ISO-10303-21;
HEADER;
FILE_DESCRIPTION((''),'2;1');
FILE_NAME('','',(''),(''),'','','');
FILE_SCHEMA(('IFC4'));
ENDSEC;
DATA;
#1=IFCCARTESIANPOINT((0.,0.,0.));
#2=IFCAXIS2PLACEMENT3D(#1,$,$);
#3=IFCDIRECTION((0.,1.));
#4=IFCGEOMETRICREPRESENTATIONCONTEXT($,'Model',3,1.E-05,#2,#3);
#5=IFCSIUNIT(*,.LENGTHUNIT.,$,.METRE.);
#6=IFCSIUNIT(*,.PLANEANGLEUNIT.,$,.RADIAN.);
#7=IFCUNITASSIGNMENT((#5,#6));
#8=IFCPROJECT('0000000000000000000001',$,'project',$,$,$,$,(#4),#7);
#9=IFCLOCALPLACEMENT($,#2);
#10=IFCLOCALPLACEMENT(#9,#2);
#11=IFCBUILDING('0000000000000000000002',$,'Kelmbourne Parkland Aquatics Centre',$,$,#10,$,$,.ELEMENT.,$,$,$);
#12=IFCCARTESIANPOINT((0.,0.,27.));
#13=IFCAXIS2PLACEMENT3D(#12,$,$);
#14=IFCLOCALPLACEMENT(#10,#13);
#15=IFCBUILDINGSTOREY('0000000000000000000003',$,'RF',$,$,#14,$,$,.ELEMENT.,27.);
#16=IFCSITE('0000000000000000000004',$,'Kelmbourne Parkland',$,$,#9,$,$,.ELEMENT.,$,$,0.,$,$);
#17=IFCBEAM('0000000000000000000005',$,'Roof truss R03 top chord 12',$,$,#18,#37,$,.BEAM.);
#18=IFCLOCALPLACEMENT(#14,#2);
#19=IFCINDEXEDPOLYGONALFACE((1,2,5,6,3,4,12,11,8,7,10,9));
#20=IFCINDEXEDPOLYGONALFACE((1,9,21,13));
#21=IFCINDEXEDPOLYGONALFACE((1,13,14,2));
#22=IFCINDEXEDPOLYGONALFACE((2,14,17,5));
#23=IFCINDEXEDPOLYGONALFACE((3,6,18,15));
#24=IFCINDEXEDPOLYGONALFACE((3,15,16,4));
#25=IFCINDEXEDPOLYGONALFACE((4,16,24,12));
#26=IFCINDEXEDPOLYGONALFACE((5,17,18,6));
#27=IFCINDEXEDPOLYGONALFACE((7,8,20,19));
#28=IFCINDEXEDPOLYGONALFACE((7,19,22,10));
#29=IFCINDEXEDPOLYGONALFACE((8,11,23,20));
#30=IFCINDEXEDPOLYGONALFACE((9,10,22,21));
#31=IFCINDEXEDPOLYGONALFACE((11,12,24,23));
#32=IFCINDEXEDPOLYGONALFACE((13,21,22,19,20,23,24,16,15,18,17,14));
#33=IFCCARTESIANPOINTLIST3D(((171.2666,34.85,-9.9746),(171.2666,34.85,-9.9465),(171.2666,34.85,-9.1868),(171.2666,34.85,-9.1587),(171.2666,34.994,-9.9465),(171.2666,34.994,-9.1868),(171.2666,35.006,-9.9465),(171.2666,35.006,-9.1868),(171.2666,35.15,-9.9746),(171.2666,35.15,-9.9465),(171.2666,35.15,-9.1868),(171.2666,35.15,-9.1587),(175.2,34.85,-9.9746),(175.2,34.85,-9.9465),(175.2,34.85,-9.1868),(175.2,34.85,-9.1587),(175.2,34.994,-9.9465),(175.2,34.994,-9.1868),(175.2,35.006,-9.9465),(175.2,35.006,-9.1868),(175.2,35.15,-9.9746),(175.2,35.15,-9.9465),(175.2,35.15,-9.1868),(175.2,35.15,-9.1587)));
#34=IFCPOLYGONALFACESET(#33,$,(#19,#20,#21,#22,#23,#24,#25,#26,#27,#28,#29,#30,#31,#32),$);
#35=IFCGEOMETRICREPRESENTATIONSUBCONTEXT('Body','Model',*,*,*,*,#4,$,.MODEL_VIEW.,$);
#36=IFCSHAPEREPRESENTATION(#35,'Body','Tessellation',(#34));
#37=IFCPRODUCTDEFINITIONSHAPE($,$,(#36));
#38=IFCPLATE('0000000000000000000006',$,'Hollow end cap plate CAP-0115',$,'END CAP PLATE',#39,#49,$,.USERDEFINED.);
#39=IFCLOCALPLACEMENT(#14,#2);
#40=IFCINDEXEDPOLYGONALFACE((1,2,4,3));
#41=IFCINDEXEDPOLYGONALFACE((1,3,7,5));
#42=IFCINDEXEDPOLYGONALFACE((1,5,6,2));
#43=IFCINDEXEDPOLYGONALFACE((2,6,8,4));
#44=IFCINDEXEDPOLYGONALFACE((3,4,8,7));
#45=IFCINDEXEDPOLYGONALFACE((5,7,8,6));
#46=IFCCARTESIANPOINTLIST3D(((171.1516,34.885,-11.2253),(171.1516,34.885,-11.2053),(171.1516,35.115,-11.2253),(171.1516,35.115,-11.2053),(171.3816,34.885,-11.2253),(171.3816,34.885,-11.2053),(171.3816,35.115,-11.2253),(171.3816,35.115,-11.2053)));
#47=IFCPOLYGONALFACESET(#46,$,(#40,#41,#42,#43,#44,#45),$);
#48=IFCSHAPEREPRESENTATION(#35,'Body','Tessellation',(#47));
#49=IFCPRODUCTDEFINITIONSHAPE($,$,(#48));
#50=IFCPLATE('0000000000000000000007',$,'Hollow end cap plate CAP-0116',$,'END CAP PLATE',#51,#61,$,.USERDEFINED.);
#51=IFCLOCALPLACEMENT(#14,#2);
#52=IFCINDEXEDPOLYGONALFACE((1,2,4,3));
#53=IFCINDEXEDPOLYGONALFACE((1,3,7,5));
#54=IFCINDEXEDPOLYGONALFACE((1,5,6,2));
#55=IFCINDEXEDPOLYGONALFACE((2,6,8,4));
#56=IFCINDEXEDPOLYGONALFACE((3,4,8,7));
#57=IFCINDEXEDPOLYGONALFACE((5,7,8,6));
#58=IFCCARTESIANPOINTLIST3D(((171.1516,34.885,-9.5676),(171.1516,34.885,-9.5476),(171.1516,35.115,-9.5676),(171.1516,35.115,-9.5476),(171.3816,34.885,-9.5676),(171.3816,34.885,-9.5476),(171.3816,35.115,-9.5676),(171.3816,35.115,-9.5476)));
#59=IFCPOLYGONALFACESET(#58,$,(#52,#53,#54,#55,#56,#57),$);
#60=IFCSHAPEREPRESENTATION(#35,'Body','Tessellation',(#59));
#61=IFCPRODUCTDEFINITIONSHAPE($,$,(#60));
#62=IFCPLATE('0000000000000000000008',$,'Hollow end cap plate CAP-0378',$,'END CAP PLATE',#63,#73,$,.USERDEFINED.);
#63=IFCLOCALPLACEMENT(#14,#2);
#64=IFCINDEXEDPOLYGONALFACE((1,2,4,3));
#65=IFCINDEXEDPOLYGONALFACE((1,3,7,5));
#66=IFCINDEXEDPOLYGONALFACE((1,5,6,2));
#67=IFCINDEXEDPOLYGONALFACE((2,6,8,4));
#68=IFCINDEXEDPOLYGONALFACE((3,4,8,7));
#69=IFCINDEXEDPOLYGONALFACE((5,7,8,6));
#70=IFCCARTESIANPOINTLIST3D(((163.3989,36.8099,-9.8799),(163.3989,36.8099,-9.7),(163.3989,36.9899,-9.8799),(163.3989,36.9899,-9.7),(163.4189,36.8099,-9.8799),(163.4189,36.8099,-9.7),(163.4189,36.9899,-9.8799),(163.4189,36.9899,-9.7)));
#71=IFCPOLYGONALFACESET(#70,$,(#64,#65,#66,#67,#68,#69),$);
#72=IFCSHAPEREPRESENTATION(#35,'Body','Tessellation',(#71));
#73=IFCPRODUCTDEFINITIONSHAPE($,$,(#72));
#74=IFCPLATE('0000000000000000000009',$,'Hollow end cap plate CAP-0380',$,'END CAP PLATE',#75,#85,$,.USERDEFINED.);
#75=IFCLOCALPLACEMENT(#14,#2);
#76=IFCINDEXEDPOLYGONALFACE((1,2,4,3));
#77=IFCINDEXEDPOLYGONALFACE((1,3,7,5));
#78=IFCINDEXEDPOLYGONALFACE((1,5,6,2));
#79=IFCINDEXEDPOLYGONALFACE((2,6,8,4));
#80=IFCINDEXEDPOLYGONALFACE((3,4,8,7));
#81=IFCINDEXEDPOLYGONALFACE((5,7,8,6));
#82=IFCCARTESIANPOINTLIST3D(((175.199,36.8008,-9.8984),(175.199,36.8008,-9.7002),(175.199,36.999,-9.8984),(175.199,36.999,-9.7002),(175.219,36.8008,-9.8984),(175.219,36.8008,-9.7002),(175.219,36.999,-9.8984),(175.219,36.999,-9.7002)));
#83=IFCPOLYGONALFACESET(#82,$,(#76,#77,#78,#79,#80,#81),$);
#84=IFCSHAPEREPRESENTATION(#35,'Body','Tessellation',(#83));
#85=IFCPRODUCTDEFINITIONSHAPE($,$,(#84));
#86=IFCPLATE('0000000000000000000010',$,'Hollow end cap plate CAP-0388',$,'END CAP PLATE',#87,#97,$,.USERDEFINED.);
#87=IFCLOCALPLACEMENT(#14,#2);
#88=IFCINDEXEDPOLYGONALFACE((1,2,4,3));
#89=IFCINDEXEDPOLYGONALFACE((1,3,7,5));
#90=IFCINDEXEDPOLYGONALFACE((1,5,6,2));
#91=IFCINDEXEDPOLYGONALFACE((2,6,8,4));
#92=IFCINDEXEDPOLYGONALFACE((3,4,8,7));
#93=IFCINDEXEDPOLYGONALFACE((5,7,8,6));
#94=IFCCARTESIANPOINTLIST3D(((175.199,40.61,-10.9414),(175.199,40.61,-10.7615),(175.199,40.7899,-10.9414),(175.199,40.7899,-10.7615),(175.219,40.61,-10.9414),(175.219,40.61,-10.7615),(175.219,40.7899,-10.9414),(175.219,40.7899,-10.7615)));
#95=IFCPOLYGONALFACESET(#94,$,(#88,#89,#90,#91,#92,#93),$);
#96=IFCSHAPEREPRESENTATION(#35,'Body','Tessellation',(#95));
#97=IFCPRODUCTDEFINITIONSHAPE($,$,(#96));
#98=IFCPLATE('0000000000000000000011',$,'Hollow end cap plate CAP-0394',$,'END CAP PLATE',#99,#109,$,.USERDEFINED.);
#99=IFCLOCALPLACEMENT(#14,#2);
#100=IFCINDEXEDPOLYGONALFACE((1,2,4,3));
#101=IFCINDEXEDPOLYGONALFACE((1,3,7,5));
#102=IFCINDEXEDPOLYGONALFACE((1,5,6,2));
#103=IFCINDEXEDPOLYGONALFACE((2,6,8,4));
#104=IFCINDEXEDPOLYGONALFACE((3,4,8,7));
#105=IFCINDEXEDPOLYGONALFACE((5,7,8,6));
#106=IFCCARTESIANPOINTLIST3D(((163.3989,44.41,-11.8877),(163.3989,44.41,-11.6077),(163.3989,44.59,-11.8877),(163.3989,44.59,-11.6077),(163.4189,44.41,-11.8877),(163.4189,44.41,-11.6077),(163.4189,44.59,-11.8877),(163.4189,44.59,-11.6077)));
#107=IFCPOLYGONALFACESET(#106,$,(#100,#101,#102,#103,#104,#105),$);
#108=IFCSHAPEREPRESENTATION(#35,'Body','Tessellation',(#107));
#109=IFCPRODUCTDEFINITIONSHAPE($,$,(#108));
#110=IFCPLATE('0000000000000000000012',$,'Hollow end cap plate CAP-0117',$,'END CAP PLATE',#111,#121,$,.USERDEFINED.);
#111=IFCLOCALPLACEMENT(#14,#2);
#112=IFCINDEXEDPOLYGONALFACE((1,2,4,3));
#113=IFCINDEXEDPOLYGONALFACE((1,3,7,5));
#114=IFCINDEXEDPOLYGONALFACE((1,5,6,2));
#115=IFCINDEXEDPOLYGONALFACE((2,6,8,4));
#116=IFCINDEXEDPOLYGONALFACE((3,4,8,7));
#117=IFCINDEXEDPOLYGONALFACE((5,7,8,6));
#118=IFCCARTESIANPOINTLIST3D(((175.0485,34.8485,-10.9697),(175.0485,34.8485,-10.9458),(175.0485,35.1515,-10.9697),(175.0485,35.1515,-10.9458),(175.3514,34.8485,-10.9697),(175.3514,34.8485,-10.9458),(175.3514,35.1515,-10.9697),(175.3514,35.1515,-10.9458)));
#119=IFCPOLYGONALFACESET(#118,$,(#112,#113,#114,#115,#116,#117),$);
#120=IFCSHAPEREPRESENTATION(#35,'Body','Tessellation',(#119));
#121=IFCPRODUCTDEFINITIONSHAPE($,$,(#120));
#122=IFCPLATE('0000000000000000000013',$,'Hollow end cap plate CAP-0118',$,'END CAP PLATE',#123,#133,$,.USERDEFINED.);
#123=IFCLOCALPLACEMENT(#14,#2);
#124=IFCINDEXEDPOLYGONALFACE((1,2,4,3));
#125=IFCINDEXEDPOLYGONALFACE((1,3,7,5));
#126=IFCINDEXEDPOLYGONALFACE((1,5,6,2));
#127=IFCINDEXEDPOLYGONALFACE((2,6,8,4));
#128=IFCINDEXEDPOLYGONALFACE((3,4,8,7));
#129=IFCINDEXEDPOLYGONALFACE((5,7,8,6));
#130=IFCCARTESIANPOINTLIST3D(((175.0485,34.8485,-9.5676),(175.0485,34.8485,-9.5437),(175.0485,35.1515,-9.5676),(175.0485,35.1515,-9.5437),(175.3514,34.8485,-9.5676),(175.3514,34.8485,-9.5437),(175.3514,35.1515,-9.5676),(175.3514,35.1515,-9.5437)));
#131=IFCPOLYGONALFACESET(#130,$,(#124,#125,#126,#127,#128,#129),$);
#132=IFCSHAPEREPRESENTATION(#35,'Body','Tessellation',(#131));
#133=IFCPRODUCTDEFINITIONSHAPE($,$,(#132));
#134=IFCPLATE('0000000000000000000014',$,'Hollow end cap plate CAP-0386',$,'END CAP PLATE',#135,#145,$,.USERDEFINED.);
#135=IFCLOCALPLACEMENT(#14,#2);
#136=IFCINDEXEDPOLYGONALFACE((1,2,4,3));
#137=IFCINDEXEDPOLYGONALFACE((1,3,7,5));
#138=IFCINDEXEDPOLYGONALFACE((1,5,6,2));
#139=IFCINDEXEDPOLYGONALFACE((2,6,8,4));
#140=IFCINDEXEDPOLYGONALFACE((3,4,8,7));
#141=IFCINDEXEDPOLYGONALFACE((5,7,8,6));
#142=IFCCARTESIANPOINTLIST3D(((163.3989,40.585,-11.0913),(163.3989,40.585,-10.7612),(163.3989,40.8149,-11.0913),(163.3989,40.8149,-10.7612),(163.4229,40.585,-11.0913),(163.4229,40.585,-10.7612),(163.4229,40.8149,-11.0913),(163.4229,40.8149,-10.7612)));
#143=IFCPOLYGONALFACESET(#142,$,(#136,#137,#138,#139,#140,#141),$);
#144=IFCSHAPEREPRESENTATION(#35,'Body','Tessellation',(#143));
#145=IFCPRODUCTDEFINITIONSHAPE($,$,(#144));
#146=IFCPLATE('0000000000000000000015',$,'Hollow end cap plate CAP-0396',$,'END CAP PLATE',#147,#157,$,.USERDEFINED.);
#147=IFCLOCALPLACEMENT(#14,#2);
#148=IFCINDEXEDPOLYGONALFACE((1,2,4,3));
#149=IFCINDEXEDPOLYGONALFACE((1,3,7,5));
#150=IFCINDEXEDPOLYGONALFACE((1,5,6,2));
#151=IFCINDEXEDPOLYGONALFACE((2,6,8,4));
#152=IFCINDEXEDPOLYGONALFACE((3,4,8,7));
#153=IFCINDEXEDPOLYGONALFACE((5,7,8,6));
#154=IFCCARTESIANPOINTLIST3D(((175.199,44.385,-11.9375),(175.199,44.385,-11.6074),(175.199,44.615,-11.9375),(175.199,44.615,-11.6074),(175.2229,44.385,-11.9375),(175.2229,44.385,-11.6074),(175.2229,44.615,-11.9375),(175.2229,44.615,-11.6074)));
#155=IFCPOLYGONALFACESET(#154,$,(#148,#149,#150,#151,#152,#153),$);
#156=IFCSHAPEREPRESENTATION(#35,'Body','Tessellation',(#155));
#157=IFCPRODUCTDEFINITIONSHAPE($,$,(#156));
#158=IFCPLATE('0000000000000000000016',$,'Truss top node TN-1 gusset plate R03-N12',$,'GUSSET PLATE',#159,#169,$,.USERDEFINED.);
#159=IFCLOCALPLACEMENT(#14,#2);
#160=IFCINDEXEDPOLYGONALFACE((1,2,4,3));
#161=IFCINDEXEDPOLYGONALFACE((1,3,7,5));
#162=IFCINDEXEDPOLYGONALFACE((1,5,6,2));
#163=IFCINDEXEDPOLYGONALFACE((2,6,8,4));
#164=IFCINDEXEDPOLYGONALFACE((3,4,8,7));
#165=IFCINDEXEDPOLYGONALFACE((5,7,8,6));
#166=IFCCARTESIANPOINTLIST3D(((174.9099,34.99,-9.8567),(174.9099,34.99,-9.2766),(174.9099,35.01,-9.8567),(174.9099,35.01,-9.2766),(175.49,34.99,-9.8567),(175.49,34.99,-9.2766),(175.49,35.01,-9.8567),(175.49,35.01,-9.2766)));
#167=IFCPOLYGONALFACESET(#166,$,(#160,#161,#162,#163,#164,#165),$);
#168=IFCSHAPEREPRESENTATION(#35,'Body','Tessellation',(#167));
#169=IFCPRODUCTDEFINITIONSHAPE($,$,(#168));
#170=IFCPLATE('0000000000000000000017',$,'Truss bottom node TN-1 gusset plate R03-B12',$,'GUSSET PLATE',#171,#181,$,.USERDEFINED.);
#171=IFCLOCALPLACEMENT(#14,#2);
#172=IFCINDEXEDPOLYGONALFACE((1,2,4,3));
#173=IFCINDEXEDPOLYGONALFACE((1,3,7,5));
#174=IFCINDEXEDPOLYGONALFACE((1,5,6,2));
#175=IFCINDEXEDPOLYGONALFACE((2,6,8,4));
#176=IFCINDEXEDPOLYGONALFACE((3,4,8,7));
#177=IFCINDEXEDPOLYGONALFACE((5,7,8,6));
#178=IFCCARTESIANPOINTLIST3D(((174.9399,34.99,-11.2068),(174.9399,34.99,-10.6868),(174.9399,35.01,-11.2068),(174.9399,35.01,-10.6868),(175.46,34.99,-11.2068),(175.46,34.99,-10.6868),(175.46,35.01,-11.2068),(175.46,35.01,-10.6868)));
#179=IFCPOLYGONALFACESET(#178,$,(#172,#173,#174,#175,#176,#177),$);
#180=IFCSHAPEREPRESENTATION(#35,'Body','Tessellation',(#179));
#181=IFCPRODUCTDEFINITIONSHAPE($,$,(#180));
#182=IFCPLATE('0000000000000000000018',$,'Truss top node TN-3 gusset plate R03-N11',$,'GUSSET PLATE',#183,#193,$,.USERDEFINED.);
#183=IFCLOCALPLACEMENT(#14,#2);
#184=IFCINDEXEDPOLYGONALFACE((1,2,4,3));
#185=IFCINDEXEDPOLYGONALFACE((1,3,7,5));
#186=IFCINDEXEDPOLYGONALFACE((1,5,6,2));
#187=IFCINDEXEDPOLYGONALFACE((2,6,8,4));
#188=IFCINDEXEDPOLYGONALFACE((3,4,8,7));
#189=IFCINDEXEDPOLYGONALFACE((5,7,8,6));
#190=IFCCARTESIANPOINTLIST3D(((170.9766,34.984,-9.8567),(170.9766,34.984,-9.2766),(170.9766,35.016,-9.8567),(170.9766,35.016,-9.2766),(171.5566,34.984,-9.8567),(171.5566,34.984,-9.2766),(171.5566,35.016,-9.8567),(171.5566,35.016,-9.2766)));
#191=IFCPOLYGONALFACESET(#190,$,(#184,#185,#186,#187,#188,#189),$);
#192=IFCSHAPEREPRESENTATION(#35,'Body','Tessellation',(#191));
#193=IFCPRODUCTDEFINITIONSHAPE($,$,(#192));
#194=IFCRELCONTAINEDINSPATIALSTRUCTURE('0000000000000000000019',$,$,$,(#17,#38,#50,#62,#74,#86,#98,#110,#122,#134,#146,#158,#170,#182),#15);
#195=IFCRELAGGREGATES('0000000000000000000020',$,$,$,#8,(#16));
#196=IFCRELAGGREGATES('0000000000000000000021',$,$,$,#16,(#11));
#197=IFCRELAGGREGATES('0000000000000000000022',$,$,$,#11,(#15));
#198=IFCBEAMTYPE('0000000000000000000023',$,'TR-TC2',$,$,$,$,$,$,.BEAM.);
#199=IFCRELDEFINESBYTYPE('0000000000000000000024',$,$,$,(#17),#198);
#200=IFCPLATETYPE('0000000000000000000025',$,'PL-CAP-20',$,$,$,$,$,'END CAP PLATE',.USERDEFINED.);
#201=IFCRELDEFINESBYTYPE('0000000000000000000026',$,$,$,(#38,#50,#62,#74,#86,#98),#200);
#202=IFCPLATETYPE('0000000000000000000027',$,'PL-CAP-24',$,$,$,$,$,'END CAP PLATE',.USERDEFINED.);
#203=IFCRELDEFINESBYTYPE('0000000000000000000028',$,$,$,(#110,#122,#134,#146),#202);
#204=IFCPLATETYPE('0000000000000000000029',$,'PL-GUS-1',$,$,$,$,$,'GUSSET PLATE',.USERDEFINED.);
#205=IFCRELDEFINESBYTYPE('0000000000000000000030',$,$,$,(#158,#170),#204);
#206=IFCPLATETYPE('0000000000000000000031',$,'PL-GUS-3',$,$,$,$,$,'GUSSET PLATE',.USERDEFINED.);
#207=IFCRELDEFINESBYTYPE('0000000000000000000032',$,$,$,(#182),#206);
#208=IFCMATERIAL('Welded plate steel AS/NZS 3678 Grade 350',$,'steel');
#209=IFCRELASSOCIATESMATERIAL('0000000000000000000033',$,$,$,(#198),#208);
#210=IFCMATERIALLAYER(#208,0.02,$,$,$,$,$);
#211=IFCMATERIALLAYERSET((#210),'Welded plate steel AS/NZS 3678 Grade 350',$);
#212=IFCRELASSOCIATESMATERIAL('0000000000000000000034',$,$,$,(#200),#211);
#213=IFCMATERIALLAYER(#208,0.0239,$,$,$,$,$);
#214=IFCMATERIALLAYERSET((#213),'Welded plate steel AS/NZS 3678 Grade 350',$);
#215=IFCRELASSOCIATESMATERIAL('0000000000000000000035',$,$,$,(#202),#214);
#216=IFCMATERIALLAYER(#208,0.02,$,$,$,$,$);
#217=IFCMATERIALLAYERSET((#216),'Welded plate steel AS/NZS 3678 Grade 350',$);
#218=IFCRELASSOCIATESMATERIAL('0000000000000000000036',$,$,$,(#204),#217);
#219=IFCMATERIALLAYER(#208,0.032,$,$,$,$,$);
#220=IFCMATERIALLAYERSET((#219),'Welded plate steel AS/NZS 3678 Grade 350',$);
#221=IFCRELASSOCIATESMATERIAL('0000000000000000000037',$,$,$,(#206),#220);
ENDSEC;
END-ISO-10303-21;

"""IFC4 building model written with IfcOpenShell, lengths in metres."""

from ifc_helpers import new_model, si_unit, direction, frame, origin, origin_2d, place, context, subcontext, project, spatial, rectangle, i_section, extrude, material, layer, layer_set, material_profile, profile_set, type_object, element, save


model = new_model("IFC4")

# Units and contexts
model_context = context("Model", 3, precision=1e-05, world=origin(), true_north=direction((0.0, 1.0)))
body_context = subcontext(model_context, "Body", "Model", "MODEL_VIEW")
ifc_project = project(units=[si_unit("LENGTHUNIT", "METRE"), si_unit("PLANEANGLEUNIT", "RADIAN")], contexts=[model_context])

# Site, building, storey
site_placement = place(None, origin())
site = spatial("IfcSite", under=ifc_project, at=site_placement, Name="Kelmbourne Parkland", CompositionType="ELEMENT", RefElevation=0.0)
building_placement = place(site_placement, origin())
building = spatial("IfcBuilding", under=site, at=building_placement, Name="Kelmbourne Parkland Aquatics Centre", CompositionType="ELEMENT")
storey_placement = place(building_placement, frame((0.0, 0.0, 27.0)))
storey = spatial("IfcBuildingStorey", under=building, at=storey_placement, Name="RF", CompositionType="ELEMENT", Elevation=27.0)

# Beam
ifc_material_1 = material(Name="Welded plate steel AS/NZS 3678 Grade 350", Category="steel")
ifc_material_profile_1 = material_profile(ifc_material_1, i_section(OverallWidth=0.3, OverallDepth=0.8159, WebThickness=0.012, FlangeThickness=0.0281, at=origin_2d()), Name="800WB192")
ifc_profile_set_1 = profile_set([ifc_material_profile_1], Name="Welded plate steel AS/NZS 3678 Grade 350")
beam_type_1 = type_object("IfcBeamType", Name="TR-TC2", PredefinedType="BEAM", material=ifc_profile_set_1)
beam_1_placement = place(storey_placement, frame((171.2666, 35.0, -9.5667), z_axis=(1.0, 0.0, 0.0), x_axis=(0.0, 1.0, 0.0)))
element("IfcBeam", 1, at=beam_1_placement, inside=storey, type_object=beam_type_1, Name="Roof truss R03 top chord 12", PredefinedType="BEAM", context=body_context, shape_type="SweptSolid", body=[
    extrude(i_section(OverallWidth=0.3, OverallDepth=0.8159, WebThickness=0.012, FlangeThickness=0.0281, at=origin_2d()), origin(), (0.0, 0.0, 1.0), 3.9333),
])

# Plates
ifc_layer_1 = layer(ifc_material_1, 0.02)
ifc_layer_set_1 = layer_set([ifc_layer_1], Name="Welded plate steel AS/NZS 3678 Grade 350")
plate_type_1 = type_object("IfcPlateType", Name="PL-CAP-20", ElementType="END CAP PLATE", PredefinedType="USERDEFINED", material=ifc_layer_set_1)
for number, where, z_axis, x_axis, name in (
    (2, (171.2666, 35.0, -11.2253), (0.0, 0.0, 1.0), (1.0, 0.0, 0.0), "Hollow end cap plate CAP-0115"),
    (3, (171.2666, 35.0, -9.5676), (0.0, 0.0, 1.0), (1.0, 0.0, 0.0), "Hollow end cap plate CAP-0116"),
):
    element("IfcPlate", number, at=place(storey_placement, frame(where, z_axis=z_axis, x_axis=x_axis)), inside=storey, type_object=plate_type_1, Name=name, ObjectType="END CAP PLATE", PredefinedType="USERDEFINED", context=body_context, shape_type="SweptSolid", body=[
        extrude(rectangle(XDim=0.23, YDim=0.23, at=origin_2d()), origin(), (0.0, 0.0, 1.0), 0.02),
    ])
plate_1_placement = place(storey_placement, frame((163.4089, 36.8999, -9.8799), z_axis=(0.0, 0.0, 1.0), x_axis=(1.0, 0.0, 0.0)))
element("IfcPlate", 4, at=plate_1_placement, inside=storey, type_object=plate_type_1, Name="Hollow end cap plate CAP-0378", ObjectType="END CAP PLATE", PredefinedType="USERDEFINED", context=body_context, shape_type="SweptSolid", body=[
    extrude(rectangle(XDim=0.02, YDim=0.1799, at=origin_2d()), origin(), (0.0, 0.0, 1.0), 0.1799),
])
plate_2_placement = place(storey_placement, frame((175.209, 36.8999, -9.8984), z_axis=(0.0, 0.0, 1.0), x_axis=(1.0, 0.0, 0.0)))
element("IfcPlate", 5, at=plate_2_placement, inside=storey, type_object=plate_type_1, Name="Hollow end cap plate CAP-0380", ObjectType="END CAP PLATE", PredefinedType="USERDEFINED", context=body_context, shape_type="SweptSolid", body=[
    extrude(rectangle(XDim=0.02, YDim=0.1982, at=origin_2d()), origin(), (0.0, 0.0, 1.0), 0.1982),
])
plate_3_placement = place(storey_placement, frame((175.209, 40.7, -10.9414), z_axis=(0.0, 0.0, 1.0), x_axis=(1.0, 0.0, 0.0)))
element("IfcPlate", 6, at=plate_3_placement, inside=storey, type_object=plate_type_1, Name="Hollow end cap plate CAP-0388", ObjectType="END CAP PLATE", PredefinedType="USERDEFINED", context=body_context, shape_type="SweptSolid", body=[
    extrude(rectangle(XDim=0.02, YDim=0.1799, at=origin_2d()), origin(), (0.0, 0.0, 1.0), 0.1799),
])
plate_4_placement = place(storey_placement, frame((163.4089, 44.5, -11.8877), z_axis=(0.0, 0.0, 1.0), x_axis=(1.0, 0.0, 0.0)))
element("IfcPlate", 7, at=plate_4_placement, inside=storey, type_object=plate_type_1, Name="Hollow end cap plate CAP-0394", ObjectType="END CAP PLATE", PredefinedType="USERDEFINED", context=body_context, shape_type="SweptSolid", body=[
    extrude(rectangle(XDim=0.02, YDim=0.1799, at=origin_2d()), origin(), (0.0, 0.0, 1.0), 0.28),
])
ifc_layer_2 = layer(ifc_material_1, 0.0239)
ifc_layer_set_2 = layer_set([ifc_layer_2], Name="Welded plate steel AS/NZS 3678 Grade 350")
plate_type_2 = type_object("IfcPlateType", Name="PL-CAP-24", ElementType="END CAP PLATE", PredefinedType="USERDEFINED", material=ifc_layer_set_2)
for number, where, z_axis, x_axis, name in (
    (8, (175.2, 35.0, -10.9697), (0.0, 0.0, 1.0), (1.0, 0.0, 0.0), "Hollow end cap plate CAP-0117"),
    (9, (175.2, 35.0, -9.5676), (0.0, 0.0, 1.0), (1.0, 0.0, 0.0), "Hollow end cap plate CAP-0118"),
):
    element("IfcPlate", number, at=place(storey_placement, frame(where, z_axis=z_axis, x_axis=x_axis)), inside=storey, type_object=plate_type_2, Name=name, ObjectType="END CAP PLATE", PredefinedType="USERDEFINED", context=body_context, shape_type="SweptSolid", body=[
        extrude(rectangle(XDim=0.303, YDim=0.303, at=origin_2d()), origin(), (0.0, 0.0, 1.0), 0.0239),
    ])
for number, where, z_axis, x_axis, name in (
    (10, (163.4109, 40.7, -11.0913), (0.0, 0.0, 1.0), (1.0, 0.0, 0.0), "Hollow end cap plate CAP-0386"),
    (11, (175.2109, 44.5, -11.9375), (0.0, 0.0, 1.0), (1.0, 0.0, 0.0), "Hollow end cap plate CAP-0396"),
):
    element("IfcPlate", number, at=place(storey_placement, frame(where, z_axis=z_axis, x_axis=x_axis)), inside=storey, type_object=plate_type_2, Name=name, ObjectType="END CAP PLATE", PredefinedType="USERDEFINED", context=body_context, shape_type="SweptSolid", body=[
        extrude(rectangle(XDim=0.0239, YDim=0.23, at=origin_2d()), origin(), (0.0, 0.0, 1.0), 0.3301),
    ])
ifc_layer_3 = layer(ifc_material_1, 0.02)
ifc_layer_set_3 = layer_set([ifc_layer_3], Name="Welded plate steel AS/NZS 3678 Grade 350")
plate_type_3 = type_object("IfcPlateType", Name="PL-GUS-1", ElementType="GUSSET PLATE", PredefinedType="USERDEFINED", material=ifc_layer_set_3)
plate_5_placement = place(storey_placement, frame((175.2, 35.0, -9.8567), z_axis=(0.0, 0.0, 1.0), x_axis=(1.0, 0.0, 0.0)))
element("IfcPlate", 12, at=plate_5_placement, inside=storey, type_object=plate_type_3, Name="Truss top node TN-1 gusset plate R03-N12", ObjectType="GUSSET PLATE", PredefinedType="USERDEFINED", context=body_context, shape_type="SweptSolid", body=[
    extrude(rectangle(XDim=0.5801, YDim=0.02, at=origin_2d()), origin(), (0.0, 0.0, 1.0), 0.5801),
])
plate_6_placement = place(storey_placement, frame((175.2, 35.0, -11.2068), z_axis=(0.0, 0.0, 1.0), x_axis=(1.0, 0.0, 0.0)))
element("IfcPlate", 13, at=plate_6_placement, inside=storey, type_object=plate_type_3, Name="Truss bottom node TN-1 gusset plate R03-B12", ObjectType="GUSSET PLATE", PredefinedType="USERDEFINED", context=body_context, shape_type="SweptSolid", body=[
    extrude(rectangle(XDim=0.52, YDim=0.02, at=origin_2d()), origin(), (0.0, 0.0, 1.0), 0.52),
])
ifc_layer_4 = layer(ifc_material_1, 0.032)
ifc_layer_set_4 = layer_set([ifc_layer_4], Name="Welded plate steel AS/NZS 3678 Grade 350")
plate_type_4 = type_object("IfcPlateType", Name="PL-GUS-3", ElementType="GUSSET PLATE", PredefinedType="USERDEFINED", material=ifc_layer_set_4)
plate_7_placement = place(storey_placement, frame((171.2666, 35.0, -9.8567), z_axis=(0.0, 0.0, 1.0), x_axis=(1.0, 0.0, 0.0)))
element("IfcPlate", 14, at=plate_7_placement, inside=storey, type_object=plate_type_4, Name="Truss top node TN-3 gusset plate R03-N11", ObjectType="GUSSET PLATE", PredefinedType="USERDEFINED", context=body_context, shape_type="SweptSolid", body=[
    extrude(rectangle(XDim=0.5801, YDim=0.032, at=origin_2d()), origin(), (0.0, 0.0, 1.0), 0.5801),
])

save(model, "model.ifc")
